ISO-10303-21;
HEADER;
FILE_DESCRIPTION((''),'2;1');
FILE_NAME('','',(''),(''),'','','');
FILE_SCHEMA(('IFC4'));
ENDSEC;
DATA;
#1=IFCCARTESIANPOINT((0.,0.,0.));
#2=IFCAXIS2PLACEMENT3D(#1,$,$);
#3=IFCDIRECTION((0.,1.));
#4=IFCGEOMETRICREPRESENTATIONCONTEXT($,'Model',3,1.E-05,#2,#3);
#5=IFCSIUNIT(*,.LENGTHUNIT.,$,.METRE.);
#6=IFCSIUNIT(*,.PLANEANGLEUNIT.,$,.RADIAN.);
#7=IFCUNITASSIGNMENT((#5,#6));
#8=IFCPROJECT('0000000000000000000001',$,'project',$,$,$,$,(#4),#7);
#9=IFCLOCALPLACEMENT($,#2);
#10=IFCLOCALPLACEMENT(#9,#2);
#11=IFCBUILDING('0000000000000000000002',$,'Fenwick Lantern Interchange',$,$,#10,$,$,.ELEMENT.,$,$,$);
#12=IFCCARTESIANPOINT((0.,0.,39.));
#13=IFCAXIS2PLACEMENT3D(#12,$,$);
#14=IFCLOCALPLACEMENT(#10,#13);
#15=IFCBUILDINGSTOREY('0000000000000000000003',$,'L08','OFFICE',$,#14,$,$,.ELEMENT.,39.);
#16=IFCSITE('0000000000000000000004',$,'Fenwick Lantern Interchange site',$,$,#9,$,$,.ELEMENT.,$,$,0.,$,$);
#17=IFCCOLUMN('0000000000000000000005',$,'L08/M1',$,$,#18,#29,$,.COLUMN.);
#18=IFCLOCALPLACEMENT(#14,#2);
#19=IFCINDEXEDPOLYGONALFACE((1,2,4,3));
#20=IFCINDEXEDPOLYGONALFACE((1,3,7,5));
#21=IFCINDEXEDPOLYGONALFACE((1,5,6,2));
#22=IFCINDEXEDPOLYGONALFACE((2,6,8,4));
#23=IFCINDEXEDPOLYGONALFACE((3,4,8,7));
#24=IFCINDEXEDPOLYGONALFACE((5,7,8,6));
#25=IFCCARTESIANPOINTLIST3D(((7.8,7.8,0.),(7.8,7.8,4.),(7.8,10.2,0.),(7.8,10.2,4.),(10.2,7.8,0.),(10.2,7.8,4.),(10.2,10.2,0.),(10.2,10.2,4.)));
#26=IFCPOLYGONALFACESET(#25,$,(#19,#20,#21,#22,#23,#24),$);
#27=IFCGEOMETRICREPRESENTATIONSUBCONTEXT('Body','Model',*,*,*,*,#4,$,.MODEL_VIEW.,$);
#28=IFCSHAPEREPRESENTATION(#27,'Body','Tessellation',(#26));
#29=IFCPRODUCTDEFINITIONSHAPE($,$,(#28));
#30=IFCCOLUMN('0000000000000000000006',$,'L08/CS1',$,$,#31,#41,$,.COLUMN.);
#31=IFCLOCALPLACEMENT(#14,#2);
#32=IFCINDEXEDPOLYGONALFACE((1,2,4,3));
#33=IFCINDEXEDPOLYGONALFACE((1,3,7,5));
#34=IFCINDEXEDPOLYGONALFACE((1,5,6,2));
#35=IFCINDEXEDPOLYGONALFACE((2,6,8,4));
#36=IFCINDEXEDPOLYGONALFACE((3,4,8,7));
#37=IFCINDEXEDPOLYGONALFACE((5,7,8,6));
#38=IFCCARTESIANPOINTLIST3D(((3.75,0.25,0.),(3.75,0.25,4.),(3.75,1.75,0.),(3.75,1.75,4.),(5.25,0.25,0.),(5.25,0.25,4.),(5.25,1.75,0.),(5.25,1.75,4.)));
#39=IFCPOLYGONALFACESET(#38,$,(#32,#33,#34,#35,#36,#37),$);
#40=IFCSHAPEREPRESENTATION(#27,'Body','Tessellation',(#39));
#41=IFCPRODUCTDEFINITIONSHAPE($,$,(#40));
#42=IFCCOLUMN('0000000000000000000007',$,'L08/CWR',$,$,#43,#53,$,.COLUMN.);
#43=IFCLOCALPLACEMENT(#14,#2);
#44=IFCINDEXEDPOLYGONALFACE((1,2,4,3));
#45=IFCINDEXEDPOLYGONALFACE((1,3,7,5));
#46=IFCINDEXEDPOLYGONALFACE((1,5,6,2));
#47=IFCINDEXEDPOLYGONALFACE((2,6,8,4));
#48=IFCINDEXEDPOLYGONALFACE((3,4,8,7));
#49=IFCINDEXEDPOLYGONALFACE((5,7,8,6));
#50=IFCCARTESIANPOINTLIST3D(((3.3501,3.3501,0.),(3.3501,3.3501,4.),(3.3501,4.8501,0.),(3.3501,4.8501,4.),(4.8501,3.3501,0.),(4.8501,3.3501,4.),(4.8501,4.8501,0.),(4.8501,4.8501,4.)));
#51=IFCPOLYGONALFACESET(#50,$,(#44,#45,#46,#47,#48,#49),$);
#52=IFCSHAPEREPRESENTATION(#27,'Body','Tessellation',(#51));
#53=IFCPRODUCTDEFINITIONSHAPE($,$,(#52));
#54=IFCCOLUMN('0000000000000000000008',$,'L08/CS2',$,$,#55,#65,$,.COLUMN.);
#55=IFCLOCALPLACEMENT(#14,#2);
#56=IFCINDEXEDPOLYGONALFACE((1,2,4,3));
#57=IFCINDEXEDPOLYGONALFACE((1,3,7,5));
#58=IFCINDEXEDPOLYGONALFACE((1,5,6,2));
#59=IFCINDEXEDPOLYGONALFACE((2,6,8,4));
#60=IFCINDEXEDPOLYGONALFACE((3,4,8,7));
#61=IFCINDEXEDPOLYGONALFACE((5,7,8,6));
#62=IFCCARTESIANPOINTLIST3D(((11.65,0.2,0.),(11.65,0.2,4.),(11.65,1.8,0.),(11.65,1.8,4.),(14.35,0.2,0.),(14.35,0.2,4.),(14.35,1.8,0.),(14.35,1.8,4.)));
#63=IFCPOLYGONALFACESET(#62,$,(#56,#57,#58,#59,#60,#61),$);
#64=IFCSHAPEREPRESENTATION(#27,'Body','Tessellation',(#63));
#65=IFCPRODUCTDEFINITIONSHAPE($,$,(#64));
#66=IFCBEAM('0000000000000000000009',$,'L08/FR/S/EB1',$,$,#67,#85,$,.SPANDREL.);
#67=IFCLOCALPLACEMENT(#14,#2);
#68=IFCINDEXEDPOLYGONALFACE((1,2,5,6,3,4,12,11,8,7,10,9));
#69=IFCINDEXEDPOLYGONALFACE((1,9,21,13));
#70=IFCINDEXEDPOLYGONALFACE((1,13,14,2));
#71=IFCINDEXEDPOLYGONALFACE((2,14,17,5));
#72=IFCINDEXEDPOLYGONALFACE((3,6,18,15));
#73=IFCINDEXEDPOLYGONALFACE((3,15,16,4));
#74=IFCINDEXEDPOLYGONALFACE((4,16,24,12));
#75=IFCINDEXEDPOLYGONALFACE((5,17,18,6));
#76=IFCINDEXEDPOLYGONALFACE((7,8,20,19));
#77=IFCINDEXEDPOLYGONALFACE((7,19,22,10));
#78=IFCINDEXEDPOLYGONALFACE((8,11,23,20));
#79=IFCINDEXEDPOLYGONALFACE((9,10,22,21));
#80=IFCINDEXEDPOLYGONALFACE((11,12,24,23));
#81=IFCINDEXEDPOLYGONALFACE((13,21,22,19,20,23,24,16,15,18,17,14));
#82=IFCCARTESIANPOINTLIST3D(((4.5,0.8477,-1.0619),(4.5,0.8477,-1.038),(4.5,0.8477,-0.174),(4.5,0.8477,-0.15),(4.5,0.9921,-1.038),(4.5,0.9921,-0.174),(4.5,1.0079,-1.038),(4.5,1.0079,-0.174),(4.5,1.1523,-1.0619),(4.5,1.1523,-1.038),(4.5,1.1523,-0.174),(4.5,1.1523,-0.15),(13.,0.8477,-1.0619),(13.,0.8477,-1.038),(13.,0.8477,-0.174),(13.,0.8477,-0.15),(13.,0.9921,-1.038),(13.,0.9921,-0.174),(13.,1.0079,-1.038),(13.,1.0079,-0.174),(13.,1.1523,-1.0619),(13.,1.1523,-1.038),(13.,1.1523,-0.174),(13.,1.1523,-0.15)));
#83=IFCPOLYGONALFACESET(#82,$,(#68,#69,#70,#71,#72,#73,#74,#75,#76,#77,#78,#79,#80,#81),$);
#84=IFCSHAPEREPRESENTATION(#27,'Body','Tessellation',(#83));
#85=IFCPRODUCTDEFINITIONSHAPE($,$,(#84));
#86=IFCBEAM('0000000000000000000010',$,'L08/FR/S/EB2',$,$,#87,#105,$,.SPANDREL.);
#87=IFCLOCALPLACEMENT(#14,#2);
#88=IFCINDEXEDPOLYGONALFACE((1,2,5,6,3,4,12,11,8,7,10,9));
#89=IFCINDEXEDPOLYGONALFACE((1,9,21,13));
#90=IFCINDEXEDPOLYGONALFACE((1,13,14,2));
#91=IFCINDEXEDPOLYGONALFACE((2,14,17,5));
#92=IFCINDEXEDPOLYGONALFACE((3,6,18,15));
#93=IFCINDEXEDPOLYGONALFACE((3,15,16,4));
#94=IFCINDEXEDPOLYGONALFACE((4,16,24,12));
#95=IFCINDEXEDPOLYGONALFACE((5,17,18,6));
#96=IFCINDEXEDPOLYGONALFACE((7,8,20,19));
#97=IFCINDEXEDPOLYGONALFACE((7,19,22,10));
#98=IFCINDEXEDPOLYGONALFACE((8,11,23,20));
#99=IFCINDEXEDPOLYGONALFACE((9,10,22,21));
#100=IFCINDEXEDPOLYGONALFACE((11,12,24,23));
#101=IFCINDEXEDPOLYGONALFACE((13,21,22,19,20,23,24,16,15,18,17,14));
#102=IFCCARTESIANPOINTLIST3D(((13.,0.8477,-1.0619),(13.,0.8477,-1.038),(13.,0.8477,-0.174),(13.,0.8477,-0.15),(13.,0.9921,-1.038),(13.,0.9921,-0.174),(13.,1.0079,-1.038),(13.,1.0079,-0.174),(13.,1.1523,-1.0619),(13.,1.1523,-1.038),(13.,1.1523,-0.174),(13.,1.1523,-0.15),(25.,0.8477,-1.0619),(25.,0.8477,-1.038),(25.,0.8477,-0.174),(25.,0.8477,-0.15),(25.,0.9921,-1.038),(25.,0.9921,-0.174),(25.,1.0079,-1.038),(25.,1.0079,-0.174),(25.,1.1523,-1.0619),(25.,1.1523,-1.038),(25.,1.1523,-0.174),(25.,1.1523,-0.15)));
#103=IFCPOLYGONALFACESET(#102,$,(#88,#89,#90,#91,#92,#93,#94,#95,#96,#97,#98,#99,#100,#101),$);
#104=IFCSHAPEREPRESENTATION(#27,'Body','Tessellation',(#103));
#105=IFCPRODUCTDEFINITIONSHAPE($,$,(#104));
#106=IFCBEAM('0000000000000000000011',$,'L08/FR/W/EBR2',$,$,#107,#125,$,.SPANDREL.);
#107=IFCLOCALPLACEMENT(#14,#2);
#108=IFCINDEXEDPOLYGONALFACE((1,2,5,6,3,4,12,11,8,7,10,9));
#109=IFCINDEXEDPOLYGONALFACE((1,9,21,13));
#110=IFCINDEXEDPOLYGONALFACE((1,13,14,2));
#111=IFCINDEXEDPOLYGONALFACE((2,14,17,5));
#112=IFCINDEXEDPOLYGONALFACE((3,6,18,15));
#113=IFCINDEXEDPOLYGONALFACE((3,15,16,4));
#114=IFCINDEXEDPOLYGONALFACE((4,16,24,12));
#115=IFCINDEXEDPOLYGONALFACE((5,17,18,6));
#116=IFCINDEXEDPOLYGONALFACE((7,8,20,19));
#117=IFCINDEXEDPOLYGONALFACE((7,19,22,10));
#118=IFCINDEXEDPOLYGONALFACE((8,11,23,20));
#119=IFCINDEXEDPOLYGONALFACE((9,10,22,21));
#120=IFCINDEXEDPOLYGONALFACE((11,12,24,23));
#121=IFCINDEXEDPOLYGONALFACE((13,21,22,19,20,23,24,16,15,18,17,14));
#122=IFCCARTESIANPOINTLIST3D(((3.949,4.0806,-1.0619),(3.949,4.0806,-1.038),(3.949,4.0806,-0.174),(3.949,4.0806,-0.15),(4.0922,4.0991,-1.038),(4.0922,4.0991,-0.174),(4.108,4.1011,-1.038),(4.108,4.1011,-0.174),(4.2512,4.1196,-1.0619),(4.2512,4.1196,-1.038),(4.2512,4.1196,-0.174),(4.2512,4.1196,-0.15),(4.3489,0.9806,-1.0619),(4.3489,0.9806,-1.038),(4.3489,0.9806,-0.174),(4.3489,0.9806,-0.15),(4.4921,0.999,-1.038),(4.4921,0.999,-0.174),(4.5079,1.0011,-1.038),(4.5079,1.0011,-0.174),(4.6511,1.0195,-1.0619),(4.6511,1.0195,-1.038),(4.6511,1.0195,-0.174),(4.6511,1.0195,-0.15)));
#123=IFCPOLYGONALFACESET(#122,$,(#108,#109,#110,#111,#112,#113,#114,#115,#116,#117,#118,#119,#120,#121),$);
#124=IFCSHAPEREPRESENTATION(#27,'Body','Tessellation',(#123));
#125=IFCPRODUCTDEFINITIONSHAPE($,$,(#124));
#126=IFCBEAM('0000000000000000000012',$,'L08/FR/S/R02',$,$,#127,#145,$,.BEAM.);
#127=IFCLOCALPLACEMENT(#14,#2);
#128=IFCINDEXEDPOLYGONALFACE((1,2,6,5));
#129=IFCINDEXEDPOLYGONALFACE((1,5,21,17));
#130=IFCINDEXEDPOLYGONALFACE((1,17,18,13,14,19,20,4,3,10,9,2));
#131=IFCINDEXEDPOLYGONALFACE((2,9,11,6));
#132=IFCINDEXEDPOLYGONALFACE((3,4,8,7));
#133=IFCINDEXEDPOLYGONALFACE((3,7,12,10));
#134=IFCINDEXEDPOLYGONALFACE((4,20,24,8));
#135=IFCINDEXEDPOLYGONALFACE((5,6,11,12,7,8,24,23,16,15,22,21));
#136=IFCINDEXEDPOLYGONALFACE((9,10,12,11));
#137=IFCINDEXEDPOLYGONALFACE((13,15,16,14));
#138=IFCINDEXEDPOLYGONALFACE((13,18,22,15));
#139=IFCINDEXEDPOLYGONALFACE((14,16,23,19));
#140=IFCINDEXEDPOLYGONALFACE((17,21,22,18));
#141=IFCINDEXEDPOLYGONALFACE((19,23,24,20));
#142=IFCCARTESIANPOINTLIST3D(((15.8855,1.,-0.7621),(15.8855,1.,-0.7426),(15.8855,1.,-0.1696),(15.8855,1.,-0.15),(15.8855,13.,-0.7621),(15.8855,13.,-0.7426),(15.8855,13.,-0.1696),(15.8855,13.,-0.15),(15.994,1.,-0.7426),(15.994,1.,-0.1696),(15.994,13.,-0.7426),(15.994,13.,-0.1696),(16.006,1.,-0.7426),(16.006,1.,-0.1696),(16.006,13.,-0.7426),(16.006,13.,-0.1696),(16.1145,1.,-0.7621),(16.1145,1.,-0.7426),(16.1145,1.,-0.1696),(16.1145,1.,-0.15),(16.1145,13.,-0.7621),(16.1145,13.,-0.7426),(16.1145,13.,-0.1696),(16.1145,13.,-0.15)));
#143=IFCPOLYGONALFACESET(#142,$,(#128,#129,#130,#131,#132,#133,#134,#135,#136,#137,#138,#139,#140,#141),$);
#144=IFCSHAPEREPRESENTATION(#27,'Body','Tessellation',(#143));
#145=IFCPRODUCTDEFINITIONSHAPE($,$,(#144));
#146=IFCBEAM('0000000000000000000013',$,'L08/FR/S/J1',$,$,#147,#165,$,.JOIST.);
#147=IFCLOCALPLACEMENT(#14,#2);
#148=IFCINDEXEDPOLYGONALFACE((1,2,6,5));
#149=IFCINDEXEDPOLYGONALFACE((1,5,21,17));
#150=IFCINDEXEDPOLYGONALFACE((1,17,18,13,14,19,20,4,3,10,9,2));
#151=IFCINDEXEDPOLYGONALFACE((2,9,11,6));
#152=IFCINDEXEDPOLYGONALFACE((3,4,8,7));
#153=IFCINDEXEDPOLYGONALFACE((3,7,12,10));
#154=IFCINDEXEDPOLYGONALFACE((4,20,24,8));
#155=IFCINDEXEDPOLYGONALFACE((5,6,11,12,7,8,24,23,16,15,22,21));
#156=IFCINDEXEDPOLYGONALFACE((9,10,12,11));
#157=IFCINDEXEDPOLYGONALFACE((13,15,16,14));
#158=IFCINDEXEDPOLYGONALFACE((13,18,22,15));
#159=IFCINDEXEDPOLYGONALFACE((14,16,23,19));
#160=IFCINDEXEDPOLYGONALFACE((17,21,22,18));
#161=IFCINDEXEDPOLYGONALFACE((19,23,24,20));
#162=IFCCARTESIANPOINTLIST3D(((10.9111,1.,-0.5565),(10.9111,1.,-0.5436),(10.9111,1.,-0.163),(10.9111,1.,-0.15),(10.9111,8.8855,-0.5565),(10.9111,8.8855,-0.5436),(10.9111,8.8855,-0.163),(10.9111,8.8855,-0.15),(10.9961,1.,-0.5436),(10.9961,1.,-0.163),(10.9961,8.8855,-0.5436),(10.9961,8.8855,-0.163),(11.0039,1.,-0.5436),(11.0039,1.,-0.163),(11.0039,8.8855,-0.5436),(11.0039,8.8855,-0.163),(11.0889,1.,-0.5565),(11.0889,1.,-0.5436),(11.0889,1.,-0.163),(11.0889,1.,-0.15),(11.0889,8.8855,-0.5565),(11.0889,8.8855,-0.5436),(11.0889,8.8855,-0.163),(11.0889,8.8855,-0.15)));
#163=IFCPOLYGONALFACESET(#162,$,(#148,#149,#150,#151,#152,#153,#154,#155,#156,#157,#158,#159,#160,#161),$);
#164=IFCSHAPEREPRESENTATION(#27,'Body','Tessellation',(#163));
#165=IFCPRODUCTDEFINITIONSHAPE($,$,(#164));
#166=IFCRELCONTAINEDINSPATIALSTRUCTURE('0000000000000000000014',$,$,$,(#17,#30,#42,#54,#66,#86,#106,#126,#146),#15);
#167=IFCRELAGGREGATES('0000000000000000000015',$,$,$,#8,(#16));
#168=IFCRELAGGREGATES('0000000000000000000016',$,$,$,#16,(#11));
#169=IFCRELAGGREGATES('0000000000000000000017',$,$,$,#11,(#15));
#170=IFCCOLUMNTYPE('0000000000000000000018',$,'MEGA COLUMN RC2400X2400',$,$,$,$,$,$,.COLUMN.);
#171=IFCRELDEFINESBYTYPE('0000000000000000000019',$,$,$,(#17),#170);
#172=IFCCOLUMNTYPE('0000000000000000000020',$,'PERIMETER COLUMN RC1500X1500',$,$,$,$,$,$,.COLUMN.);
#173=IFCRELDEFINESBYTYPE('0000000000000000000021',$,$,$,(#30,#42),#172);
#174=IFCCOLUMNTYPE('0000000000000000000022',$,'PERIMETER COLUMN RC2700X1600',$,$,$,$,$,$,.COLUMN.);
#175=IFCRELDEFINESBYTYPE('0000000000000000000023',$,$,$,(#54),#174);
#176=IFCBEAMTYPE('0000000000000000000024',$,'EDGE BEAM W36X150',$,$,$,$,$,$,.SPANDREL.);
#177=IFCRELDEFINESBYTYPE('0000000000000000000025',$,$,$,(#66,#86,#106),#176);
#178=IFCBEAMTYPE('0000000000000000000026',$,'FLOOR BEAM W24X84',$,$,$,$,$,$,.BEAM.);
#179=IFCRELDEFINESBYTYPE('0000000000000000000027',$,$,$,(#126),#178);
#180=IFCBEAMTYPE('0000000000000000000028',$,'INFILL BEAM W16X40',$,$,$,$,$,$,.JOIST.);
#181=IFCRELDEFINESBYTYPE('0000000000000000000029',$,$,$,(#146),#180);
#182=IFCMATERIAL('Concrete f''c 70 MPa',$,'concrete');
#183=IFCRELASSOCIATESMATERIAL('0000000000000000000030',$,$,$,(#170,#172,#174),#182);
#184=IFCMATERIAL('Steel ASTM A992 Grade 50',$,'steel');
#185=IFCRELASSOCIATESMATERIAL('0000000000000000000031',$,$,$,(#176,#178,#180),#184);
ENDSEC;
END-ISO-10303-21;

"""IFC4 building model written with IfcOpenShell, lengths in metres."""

from ifc_helpers import new_model, si_unit, direction, frame, origin, origin_2d, place, context, subcontext, project, spatial, rectangle, i_section, extrude, material, material_profile, profile_set, type_object, element, save


model = new_model("IFC4")

# Units and contexts
model_context = context("Model", 3, precision=1e-05, world=origin(), true_north=direction((0.0, 1.0)))
body_context = subcontext(model_context, "Body", "Model", "MODEL_VIEW")
ifc_project = project(units=[si_unit("LENGTHUNIT", "METRE"), si_unit("PLANEANGLEUNIT", "RADIAN")], contexts=[model_context])

# Site, building, storey
site_placement = place(None, origin())
site = spatial("IfcSite", under=ifc_project, at=site_placement, Name="Fenwick Lantern Interchange site", CompositionType="ELEMENT", RefElevation=0.0)
building_placement = place(site_placement, origin())
building = spatial("IfcBuilding", under=site, at=building_placement, Name="Fenwick Lantern Interchange", CompositionType="ELEMENT")
storey_placement = place(building_placement, frame((0.0, 0.0, 39.0)))
storey = spatial("IfcBuildingStorey", under=building, at=storey_placement, Name="L08", Description="OFFICE", CompositionType="ELEMENT", Elevation=39.0)

# Columns
ifc_material_1 = material(Name="Concrete f'c 70 MPa", Category="concrete")
ifc_material_profile_1 = material_profile(ifc_material_1, rectangle(XDim=2.3999, YDim=2.3999, at=origin_2d()), Name="RC2400X2400")
ifc_profile_set_1 = profile_set([ifc_material_profile_1], Name="Concrete f'c 70 MPa")
column_type_1 = type_object("IfcColumnType", Name="MEGA COLUMN RC2400X2400", PredefinedType="COLUMN", material=ifc_profile_set_1)
column_1_placement = place(storey_placement, frame((9.0, 9.0, 0.0), z_axis=(0.0, 0.0, 1.0), x_axis=(1.0, 0.0, 0.0)))
element("IfcColumn", 1, at=column_1_placement, inside=storey, type_object=column_type_1, Name="L08/M1", PredefinedType="COLUMN", context=body_context, shape_type="SweptSolid", body=[
    extrude(rectangle(XDim=2.3999, YDim=2.3999, at=origin_2d()), origin(), (0.0, 0.0, 1.0), 4.0),
])
ifc_material_profile_2 = material_profile(ifc_material_1, rectangle(XDim=1.5, YDim=1.5, at=origin_2d()), Name="RC1500X1500")
ifc_profile_set_2 = profile_set([ifc_material_profile_2], Name="Concrete f'c 70 MPa")
column_type_2 = type_object("IfcColumnType", Name="PERIMETER COLUMN RC1500X1500", PredefinedType="COLUMN", material=ifc_profile_set_2)
for number, where, z_axis, x_axis, name in (
    (2, (4.5, 1.0, 0.0), (0.0, 0.0, 1.0), (1.0, 0.0, 0.0), "L08/CS1"),
    (3, (4.1001, 4.1001, 0.0), (0.0, 0.0, 1.0), (1.0, 0.0, 0.0), "L08/CWR"),
):
    element("IfcColumn", number, at=place(storey_placement, frame(where, z_axis=z_axis, x_axis=x_axis)), inside=storey, type_object=column_type_2, Name=name, PredefinedType="COLUMN", context=body_context, shape_type="SweptSolid", body=[
        extrude(rectangle(XDim=1.5, YDim=1.5, at=origin_2d()), origin(), (0.0, 0.0, 1.0), 4.0),
    ])
ifc_material_profile_3 = material_profile(ifc_material_1, rectangle(XDim=2.7, YDim=1.6001, at=origin_2d()), Name="RC2700X1600")
ifc_profile_set_3 = profile_set([ifc_material_profile_3], Name="Concrete f'c 70 MPa")
column_type_3 = type_object("IfcColumnType", Name="PERIMETER COLUMN RC2700X1600", PredefinedType="COLUMN", material=ifc_profile_set_3)
column_2_placement = place(storey_placement, frame((13.0, 1.0, 0.0), z_axis=(0.0, 0.0, 1.0), x_axis=(1.0, 0.0, 0.0)))
element("IfcColumn", 4, at=column_2_placement, inside=storey, type_object=column_type_3, Name="L08/CS2", PredefinedType="COLUMN", context=body_context, shape_type="SweptSolid", body=[
    extrude(rectangle(XDim=2.7, YDim=1.6001, at=origin_2d()), origin(), (0.0, 0.0, 1.0), 4.0),
])

# Beams
ifc_material_2 = material(Name="Steel ASTM A992 Grade 50", Category="steel")
ifc_material_profile_4 = material_profile(ifc_material_2, i_section(OverallWidth=0.3047, OverallDepth=0.9119, WebThickness=0.0159, FlangeThickness=0.0239, at=origin_2d()), Name="W36X150")
ifc_profile_set_4 = profile_set([ifc_material_profile_4], Name="Steel ASTM A992 Grade 50")
beam_type_1 = type_object("IfcBeamType", Name="EDGE BEAM W36X150", PredefinedType="SPANDREL", material=ifc_profile_set_4)
beam_1_placement = place(storey_placement, frame((4.5, 1.0, -0.606), z_axis=(1.0, 0.0, 0.0), x_axis=(0.0, 1.0, 0.0)))
element("IfcBeam", 5, at=beam_1_placement, inside=storey, type_object=beam_type_1, Name="L08/FR/S/EB1", PredefinedType="SPANDREL", context=body_context, shape_type="SweptSolid", body=[
    extrude(i_section(OverallWidth=0.3047, OverallDepth=0.9119, WebThickness=0.0159, FlangeThickness=0.0239, at=origin_2d()), origin(), (0.0, 0.0, 1.0), 8.5),
])
beam_2_placement = place(storey_placement, frame((13.0, 1.0, -0.606), z_axis=(1.0, 0.0, 0.0), x_axis=(0.0, 1.0, 0.0)))
element("IfcBeam", 6, at=beam_2_placement, inside=storey, type_object=beam_type_1, Name="L08/FR/S/EB2", PredefinedType="SPANDREL", context=body_context, shape_type="SweptSolid", body=[
    extrude(i_section(OverallWidth=0.3047, OverallDepth=0.9119, WebThickness=0.0159, FlangeThickness=0.0239, at=origin_2d()), origin(), (0.0, 0.0, 1.0), 12.0),
])
beam_3_placement = place(storey_placement, frame((4.1001, 4.1001, -0.606), z_axis=(0.127937, -0.991782, 0.0), x_axis=(0.991782, 0.127937, 0.0)))
element("IfcBeam", 7, at=beam_3_placement, inside=storey, type_object=beam_type_1, Name="L08/FR/W/EBR2", PredefinedType="SPANDREL", context=body_context, shape_type="SweptSolid", body=[
    extrude(i_section(OverallWidth=0.3047, OverallDepth=0.9119, WebThickness=0.0159, FlangeThickness=0.0239, at=origin_2d()), origin(), (0.0, 0.0, 1.0), 3.1257),
])
ifc_material_profile_5 = material_profile(ifc_material_2, i_section(OverallWidth=0.229, OverallDepth=0.6121, WebThickness=0.012, FlangeThickness=0.0195, at=origin_2d()), Name="W24X84")
ifc_profile_set_5 = profile_set([ifc_material_profile_5], Name="Steel ASTM A992 Grade 50")
beam_type_2 = type_object("IfcBeamType", Name="FLOOR BEAM W24X84", PredefinedType="BEAM", material=ifc_profile_set_5)
beam_4_placement = place(storey_placement, frame((16.0, 1.0, -0.4561), z_axis=(0.0, 1.0, 0.0), x_axis=(-1.0, 0.0, 0.0)))
element("IfcBeam", 8, at=beam_4_placement, inside=storey, type_object=beam_type_2, Name="L08/FR/S/R02", PredefinedType="BEAM", context=body_context, shape_type="SweptSolid", body=[
    extrude(i_section(OverallWidth=0.229, OverallDepth=0.6121, WebThickness=0.012, FlangeThickness=0.0195, at=origin_2d()), origin(), (0.0, 0.0, 1.0), 12.0),
])
ifc_material_profile_6 = material_profile(ifc_material_2, i_section(OverallWidth=0.1777, OverallDepth=0.4065, WebThickness=0.0078, FlangeThickness=0.0129, at=origin_2d()), Name="W16X40")
ifc_profile_set_6 = profile_set([ifc_material_profile_6], Name="Steel ASTM A992 Grade 50")
beam_type_3 = type_object("IfcBeamType", Name="INFILL BEAM W16X40", PredefinedType="JOIST", material=ifc_profile_set_6)
beam_5_placement = place(storey_placement, frame((11.0, 1.0, -0.3533), z_axis=(0.0, 1.0, 0.0), x_axis=(-1.0, 0.0, 0.0)))
element("IfcBeam", 9, at=beam_5_placement, inside=storey, type_object=beam_type_3, Name="L08/FR/S/J1", PredefinedType="JOIST", context=body_context, shape_type="SweptSolid", body=[
    extrude(i_section(OverallWidth=0.1777, OverallDepth=0.4065, WebThickness=0.0078, FlangeThickness=0.0129, at=origin_2d()), origin(), (0.0, 0.0, 1.0), 7.8855),
])

save(model, "model.ifc")
